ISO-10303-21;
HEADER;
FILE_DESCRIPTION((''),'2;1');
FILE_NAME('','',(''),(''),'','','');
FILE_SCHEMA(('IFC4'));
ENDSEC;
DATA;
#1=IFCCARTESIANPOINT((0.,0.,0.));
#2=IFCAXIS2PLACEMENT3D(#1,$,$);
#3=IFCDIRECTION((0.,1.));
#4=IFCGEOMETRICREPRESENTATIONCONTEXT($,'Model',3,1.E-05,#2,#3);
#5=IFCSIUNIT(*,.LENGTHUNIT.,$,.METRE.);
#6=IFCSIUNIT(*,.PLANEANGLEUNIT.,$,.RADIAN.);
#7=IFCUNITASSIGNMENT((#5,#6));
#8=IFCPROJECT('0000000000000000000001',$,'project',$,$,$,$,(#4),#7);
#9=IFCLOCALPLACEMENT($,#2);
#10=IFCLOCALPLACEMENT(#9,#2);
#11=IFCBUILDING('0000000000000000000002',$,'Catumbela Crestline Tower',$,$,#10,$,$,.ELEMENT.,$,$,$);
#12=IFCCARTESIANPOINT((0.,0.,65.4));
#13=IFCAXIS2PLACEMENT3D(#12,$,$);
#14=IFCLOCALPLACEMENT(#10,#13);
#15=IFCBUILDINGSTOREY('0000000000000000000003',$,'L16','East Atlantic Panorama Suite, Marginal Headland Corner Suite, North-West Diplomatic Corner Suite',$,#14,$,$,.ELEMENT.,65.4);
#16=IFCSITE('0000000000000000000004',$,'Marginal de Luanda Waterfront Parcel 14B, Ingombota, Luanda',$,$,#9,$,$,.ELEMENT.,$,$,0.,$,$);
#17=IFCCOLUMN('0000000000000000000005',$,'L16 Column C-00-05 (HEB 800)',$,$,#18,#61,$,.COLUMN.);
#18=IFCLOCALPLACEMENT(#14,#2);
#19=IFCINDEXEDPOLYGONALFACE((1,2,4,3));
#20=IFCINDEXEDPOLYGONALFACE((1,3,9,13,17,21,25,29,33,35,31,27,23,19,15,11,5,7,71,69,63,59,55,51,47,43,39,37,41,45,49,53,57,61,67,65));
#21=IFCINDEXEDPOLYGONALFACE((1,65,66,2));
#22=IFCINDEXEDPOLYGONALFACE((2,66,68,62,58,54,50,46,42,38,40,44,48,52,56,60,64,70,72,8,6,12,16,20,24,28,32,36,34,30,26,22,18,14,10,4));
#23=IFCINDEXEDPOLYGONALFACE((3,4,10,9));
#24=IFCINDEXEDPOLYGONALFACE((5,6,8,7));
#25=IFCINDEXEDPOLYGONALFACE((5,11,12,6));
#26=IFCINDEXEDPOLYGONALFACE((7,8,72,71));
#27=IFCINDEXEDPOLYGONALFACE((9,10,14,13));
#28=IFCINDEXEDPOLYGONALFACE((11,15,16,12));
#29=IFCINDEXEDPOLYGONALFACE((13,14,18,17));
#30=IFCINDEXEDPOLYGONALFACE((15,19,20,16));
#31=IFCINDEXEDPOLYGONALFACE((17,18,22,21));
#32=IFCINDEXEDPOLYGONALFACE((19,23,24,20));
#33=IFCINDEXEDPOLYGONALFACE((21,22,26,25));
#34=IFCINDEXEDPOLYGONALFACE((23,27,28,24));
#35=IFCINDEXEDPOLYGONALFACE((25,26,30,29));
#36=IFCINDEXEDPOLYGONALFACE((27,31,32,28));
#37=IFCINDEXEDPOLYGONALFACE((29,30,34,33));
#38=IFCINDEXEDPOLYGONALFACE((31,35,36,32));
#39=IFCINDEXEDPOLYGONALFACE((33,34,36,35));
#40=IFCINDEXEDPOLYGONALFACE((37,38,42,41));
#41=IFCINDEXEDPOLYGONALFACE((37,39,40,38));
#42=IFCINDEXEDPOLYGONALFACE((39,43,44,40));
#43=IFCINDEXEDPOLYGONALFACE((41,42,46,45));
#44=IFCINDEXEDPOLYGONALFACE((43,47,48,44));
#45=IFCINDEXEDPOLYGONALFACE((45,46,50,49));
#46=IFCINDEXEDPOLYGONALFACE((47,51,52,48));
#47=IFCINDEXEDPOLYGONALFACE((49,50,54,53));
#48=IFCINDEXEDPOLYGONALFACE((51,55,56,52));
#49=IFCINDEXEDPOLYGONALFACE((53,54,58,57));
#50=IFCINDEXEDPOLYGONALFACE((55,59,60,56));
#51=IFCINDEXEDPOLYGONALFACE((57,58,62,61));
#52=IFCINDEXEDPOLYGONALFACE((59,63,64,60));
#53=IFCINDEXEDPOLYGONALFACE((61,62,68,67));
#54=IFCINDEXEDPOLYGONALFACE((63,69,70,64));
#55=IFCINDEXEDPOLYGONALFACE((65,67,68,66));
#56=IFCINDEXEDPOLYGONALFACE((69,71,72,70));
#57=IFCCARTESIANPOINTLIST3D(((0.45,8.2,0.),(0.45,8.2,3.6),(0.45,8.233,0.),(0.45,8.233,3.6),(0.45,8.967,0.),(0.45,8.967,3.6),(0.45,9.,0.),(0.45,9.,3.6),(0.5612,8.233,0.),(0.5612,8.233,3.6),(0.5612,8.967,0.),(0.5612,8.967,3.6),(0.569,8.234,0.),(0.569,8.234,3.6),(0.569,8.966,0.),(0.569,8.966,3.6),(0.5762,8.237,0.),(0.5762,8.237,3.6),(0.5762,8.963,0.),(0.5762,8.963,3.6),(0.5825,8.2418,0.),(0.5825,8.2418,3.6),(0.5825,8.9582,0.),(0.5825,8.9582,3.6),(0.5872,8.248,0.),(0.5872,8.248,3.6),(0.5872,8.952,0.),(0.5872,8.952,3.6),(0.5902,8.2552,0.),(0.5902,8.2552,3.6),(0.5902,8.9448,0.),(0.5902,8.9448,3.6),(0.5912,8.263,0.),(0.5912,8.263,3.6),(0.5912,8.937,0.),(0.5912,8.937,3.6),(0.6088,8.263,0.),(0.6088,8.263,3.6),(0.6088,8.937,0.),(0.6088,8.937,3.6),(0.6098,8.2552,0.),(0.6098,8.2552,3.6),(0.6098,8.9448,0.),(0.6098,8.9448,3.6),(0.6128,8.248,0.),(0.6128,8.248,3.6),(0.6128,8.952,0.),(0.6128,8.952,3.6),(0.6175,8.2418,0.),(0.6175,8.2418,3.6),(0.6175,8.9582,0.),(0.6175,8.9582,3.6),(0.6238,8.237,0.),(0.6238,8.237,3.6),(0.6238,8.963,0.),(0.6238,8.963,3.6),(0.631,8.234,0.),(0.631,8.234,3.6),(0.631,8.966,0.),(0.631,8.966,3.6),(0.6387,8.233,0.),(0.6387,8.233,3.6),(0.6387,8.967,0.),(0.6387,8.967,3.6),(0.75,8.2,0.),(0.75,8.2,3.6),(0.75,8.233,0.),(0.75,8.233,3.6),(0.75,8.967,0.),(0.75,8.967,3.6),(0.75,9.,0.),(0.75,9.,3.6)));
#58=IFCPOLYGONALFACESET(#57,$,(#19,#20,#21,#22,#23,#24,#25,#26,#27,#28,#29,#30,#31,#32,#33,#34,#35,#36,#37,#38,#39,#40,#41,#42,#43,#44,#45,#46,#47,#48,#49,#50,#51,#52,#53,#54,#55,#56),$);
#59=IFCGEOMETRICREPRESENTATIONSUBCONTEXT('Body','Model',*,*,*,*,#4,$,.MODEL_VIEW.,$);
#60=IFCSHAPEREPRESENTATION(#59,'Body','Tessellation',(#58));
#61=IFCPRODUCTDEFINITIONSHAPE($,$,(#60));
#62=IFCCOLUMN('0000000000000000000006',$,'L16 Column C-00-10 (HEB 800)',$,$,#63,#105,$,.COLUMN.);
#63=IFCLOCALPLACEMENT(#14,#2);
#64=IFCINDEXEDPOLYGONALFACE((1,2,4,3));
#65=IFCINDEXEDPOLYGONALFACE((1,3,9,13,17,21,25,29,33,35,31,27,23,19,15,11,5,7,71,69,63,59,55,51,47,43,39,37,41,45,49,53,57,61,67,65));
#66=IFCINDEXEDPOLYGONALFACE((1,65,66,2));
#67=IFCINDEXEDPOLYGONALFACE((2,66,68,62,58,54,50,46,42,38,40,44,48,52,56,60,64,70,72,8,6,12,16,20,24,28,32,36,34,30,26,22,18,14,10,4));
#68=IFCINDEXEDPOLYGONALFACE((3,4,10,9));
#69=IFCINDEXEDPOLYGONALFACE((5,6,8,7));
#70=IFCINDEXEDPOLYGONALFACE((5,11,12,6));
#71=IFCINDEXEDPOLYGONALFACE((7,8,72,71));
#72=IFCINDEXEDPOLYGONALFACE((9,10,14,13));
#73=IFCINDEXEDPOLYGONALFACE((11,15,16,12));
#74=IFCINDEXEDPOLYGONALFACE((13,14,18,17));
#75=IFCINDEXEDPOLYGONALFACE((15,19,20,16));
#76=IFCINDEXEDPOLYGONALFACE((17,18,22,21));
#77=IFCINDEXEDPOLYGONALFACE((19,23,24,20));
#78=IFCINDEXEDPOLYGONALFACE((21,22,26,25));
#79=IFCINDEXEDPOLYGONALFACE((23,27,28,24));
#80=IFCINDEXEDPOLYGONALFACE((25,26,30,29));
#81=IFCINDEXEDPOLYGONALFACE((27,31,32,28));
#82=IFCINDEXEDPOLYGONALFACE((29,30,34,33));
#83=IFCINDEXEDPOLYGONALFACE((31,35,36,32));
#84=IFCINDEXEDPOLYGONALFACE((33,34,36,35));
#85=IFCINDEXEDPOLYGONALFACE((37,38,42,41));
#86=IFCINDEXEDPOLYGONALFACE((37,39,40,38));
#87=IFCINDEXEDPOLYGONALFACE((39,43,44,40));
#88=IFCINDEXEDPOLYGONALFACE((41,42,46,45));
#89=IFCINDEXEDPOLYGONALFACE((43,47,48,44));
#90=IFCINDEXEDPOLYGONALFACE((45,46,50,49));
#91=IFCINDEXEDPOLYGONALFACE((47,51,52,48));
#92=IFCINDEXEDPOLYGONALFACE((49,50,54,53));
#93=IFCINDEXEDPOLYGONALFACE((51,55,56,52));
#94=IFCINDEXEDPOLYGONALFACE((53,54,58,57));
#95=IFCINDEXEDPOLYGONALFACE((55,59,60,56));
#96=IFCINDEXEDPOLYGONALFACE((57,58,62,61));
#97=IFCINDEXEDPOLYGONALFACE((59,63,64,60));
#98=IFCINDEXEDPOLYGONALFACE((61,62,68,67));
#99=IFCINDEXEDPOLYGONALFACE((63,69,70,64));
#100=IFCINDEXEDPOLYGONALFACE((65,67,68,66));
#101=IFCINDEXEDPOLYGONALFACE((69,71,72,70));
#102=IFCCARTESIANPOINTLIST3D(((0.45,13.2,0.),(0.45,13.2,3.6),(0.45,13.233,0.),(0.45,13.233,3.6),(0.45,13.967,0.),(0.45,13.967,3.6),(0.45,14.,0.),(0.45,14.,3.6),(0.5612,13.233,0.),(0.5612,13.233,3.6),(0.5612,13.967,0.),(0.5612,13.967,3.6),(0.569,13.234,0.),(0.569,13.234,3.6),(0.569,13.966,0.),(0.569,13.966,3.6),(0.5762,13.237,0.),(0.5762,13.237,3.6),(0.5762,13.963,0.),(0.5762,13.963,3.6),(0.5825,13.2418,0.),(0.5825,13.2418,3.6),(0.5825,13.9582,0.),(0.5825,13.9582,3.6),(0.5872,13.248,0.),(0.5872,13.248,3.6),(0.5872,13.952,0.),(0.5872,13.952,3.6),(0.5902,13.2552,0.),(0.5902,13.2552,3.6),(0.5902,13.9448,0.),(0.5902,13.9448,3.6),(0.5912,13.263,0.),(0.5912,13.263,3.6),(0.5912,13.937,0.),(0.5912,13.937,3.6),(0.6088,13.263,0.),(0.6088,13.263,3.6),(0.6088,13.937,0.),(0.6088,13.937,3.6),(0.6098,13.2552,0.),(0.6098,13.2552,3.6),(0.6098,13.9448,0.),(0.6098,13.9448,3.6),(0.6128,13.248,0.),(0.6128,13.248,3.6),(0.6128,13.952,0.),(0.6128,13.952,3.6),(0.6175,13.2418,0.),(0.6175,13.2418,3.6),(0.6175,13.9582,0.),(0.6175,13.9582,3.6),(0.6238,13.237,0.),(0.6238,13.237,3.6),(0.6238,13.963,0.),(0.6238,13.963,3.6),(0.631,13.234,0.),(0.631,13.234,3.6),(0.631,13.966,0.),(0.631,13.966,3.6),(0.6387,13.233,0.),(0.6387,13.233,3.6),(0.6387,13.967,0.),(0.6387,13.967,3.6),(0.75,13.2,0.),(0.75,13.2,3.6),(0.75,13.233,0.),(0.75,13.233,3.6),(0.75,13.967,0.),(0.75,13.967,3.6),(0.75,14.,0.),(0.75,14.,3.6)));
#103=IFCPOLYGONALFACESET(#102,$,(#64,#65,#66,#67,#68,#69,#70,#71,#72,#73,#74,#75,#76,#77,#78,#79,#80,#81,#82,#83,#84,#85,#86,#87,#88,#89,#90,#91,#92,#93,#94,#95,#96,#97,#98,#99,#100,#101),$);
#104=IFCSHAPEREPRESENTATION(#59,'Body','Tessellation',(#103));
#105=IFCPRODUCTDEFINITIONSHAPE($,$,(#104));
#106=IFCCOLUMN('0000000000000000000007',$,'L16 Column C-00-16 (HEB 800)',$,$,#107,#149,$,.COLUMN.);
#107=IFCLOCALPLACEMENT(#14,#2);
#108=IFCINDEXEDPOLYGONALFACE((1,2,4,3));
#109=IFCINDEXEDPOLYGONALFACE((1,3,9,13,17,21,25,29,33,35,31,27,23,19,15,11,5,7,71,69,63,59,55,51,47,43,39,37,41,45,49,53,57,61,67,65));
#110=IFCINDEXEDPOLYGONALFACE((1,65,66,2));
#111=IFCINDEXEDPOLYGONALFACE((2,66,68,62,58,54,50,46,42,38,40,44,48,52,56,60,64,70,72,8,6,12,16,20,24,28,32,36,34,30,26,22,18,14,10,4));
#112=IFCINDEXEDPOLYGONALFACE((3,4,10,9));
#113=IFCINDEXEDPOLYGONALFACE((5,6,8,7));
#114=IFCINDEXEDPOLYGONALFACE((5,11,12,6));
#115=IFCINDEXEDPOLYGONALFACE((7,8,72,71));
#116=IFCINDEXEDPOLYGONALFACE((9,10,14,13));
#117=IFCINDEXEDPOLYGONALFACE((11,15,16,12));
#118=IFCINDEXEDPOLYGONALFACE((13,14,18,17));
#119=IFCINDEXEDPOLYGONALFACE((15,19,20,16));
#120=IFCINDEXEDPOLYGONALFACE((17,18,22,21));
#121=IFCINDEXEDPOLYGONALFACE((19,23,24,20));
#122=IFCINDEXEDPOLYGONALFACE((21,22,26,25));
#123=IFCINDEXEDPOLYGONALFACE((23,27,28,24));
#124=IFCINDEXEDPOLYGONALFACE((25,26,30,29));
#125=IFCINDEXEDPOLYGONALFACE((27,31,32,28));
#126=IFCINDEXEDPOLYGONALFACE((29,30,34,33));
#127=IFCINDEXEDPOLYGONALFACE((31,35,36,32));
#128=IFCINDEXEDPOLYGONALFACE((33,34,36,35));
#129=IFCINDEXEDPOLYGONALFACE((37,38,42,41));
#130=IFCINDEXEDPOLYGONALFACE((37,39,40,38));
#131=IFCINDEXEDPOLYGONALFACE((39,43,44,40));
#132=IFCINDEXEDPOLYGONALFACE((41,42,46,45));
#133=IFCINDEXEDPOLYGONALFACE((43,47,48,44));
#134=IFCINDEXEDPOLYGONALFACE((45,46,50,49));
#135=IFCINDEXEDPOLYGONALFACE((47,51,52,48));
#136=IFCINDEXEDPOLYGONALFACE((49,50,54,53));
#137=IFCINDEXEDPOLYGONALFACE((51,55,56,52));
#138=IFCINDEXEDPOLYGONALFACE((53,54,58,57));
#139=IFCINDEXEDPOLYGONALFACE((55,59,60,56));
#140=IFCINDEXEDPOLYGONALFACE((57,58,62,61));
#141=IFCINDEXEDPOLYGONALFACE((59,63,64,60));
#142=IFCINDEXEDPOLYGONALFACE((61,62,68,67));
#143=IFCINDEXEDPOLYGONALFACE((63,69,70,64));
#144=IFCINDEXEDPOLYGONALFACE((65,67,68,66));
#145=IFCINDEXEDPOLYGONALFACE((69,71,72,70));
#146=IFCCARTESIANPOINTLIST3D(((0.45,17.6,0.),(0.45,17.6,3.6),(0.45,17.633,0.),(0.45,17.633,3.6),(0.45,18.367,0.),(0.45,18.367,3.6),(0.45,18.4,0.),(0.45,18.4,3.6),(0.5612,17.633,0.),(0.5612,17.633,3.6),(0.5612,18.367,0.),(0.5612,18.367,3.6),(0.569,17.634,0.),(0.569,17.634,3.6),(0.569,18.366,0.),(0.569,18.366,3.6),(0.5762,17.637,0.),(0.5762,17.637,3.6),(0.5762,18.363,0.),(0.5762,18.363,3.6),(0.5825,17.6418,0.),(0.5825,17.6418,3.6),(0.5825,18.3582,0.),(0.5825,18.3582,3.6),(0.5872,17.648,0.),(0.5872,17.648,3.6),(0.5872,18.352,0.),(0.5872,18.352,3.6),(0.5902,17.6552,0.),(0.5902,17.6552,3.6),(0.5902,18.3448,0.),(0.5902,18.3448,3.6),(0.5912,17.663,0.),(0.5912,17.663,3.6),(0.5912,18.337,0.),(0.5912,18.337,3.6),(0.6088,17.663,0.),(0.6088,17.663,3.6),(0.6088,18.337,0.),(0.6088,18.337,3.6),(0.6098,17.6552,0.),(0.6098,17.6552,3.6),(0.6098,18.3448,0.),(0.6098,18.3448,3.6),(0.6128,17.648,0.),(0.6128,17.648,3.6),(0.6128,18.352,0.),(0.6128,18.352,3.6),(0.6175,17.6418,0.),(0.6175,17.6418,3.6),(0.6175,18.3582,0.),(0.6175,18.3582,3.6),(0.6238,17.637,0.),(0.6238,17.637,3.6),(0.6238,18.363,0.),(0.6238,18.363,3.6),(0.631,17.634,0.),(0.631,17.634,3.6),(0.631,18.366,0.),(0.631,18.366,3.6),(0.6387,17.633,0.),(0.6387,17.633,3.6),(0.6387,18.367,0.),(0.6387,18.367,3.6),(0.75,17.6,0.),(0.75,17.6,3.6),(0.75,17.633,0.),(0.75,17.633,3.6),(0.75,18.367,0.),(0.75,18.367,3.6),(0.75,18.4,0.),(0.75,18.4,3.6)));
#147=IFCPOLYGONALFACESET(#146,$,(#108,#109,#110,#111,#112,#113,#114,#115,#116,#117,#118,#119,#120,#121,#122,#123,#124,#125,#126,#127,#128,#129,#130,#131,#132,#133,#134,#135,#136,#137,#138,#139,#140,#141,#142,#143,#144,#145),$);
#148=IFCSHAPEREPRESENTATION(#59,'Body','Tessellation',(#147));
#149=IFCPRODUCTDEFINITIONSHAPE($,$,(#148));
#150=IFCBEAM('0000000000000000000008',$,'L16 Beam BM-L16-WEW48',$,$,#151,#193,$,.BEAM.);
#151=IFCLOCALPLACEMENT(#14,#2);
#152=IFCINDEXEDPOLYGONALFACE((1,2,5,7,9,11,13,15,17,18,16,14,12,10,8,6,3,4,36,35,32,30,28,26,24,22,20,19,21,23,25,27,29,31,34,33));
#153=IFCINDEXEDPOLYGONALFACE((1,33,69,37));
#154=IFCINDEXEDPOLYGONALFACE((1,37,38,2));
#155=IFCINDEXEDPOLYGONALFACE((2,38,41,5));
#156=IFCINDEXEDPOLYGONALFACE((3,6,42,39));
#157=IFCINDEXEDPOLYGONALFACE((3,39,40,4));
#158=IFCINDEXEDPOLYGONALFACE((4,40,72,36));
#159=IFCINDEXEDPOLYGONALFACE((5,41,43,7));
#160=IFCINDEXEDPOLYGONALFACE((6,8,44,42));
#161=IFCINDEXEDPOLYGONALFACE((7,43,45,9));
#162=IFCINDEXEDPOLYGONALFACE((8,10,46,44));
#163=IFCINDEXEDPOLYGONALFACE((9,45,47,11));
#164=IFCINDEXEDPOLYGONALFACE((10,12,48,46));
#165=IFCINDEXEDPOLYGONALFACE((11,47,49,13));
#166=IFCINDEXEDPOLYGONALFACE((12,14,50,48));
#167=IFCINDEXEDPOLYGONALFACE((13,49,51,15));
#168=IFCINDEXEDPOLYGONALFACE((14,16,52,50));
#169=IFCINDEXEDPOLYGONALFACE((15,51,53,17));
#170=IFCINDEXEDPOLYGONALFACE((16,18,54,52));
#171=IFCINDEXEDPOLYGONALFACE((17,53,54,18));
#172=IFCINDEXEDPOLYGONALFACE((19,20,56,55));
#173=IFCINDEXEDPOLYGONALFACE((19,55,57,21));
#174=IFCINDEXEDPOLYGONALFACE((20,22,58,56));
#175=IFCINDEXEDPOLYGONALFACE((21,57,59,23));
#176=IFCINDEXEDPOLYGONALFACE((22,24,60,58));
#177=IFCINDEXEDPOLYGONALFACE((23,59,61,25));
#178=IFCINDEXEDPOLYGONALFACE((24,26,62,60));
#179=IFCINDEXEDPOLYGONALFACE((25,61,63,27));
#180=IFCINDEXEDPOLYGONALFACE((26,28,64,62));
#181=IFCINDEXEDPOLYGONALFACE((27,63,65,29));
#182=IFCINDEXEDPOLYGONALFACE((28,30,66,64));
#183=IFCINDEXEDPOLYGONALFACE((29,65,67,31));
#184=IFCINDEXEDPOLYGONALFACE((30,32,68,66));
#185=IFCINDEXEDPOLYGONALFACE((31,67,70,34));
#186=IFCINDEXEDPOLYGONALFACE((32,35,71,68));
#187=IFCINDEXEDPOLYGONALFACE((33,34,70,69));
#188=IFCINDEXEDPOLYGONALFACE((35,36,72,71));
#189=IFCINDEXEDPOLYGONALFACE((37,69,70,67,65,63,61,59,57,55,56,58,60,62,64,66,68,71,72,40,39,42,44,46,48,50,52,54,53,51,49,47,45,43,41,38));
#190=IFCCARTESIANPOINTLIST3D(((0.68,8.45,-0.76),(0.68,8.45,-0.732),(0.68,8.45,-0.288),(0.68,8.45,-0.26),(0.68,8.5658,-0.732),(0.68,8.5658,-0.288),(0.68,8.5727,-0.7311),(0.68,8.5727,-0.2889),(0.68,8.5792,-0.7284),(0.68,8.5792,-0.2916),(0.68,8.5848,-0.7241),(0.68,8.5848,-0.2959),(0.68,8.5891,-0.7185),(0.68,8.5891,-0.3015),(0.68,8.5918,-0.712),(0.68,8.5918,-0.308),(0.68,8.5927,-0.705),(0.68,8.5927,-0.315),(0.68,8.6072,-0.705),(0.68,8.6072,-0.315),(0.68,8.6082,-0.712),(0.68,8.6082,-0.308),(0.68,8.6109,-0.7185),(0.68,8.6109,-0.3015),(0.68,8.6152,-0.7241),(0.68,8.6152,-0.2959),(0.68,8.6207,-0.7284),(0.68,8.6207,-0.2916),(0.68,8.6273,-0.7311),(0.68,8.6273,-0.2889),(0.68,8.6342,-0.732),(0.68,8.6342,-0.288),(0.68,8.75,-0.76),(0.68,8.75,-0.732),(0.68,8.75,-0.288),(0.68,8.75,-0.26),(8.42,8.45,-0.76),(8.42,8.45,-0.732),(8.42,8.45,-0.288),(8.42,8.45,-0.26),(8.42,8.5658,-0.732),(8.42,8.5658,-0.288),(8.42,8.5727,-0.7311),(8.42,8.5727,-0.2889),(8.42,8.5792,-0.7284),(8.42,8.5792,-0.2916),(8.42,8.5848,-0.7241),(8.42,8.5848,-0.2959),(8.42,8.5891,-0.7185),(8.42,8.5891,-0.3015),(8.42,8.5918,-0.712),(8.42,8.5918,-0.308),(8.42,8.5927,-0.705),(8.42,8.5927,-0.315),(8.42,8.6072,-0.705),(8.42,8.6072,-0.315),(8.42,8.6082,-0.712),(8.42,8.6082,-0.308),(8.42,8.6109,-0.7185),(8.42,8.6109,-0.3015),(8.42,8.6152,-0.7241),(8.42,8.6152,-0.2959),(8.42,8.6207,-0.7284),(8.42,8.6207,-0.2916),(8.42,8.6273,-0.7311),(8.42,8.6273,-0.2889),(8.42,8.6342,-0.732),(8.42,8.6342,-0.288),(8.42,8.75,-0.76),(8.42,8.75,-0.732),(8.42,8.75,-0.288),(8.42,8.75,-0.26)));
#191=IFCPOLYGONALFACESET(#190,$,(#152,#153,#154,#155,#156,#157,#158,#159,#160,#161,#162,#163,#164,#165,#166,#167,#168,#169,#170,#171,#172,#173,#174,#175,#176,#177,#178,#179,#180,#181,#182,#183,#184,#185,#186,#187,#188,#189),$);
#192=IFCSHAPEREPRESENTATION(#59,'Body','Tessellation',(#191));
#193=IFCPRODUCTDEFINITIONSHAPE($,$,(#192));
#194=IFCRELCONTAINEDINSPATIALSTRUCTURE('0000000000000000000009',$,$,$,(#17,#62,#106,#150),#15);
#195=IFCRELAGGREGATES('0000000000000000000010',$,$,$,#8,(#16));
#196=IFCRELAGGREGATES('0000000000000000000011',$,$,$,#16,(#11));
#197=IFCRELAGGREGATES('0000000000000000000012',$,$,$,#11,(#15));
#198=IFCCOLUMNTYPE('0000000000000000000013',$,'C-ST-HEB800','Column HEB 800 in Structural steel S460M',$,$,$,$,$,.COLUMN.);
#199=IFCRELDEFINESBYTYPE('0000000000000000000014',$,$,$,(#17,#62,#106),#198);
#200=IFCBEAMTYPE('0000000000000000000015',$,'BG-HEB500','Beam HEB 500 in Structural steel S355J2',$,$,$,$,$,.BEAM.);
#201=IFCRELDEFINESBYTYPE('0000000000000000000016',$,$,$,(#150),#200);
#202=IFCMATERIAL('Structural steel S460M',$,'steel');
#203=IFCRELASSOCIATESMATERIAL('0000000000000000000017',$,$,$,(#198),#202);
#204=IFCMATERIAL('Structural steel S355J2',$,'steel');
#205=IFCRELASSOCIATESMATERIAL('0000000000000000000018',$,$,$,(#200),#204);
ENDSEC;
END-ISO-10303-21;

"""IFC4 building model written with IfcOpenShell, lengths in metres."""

from ifc_helpers import new_model, si_unit, direction, frame, origin, origin_2d, place, context, subcontext, project, spatial, i_section, extrude, material, material_profile, profile_set, type_object, element, save


model = new_model("IFC4")

# Units and contexts
model_context = context("Model", 3, precision=1e-05, world=origin(), true_north=direction((0.0, 1.0)))
body_context = subcontext(model_context, "Body", "Model", "MODEL_VIEW")
ifc_project = project(units=[si_unit("LENGTHUNIT", "METRE"), si_unit("PLANEANGLEUNIT", "RADIAN")], contexts=[model_context])

# Site, building, storey
site_placement = place(None, origin())
site = spatial("IfcSite", under=ifc_project, at=site_placement, Name="Marginal de Luanda Waterfront Parcel 14B, Ingombota, Luanda", CompositionType="ELEMENT", RefElevation=0.0)
building_placement = place(site_placement, origin())
building = spatial("IfcBuilding", under=site, at=building_placement, Name="Catumbela Crestline Tower", CompositionType="ELEMENT")
storey_placement = place(building_placement, frame((0.0, 0.0, 65.4)))
storey = spatial("IfcBuildingStorey", under=building, at=storey_placement, Name="L16", Description="East Atlantic Panorama Suite, Marginal Headland Corner Suite, North-West Diplomatic Corner Suite", CompositionType="ELEMENT", Elevation=65.4)

# Columns
ifc_material_1 = material(Name="Structural steel S460M", Category="steel")
ifc_material_profile_1 = material_profile(ifc_material_1, i_section(OverallWidth=0.3, OverallDepth=0.8, WebThickness=0.0175, FlangeThickness=0.033, FilletRadius=0.03, at=origin_2d()), Name="HEB 800")
ifc_profile_set_1 = profile_set([ifc_material_profile_1], Name="Structural steel S460M")
column_type = type_object("IfcColumnType", Name="C-ST-HEB800", Description="Column HEB 800 in Structural steel S460M", PredefinedType="COLUMN", material=ifc_profile_set_1)
for number, where, z_axis, x_axis, name in (
    (1, (0.6, 8.6, 0.0), (0.0, 0.0, 1.0), (1.0, 0.0, 0.0), "L16 Column C-00-05 (HEB 800)"),
    (2, (0.6, 13.6, 0.0), (0.0, 0.0, 1.0), (1.0, 0.0, 0.0), "L16 Column C-00-10 (HEB 800)"),
    (3, (0.6, 18.0, 0.0), (0.0, 0.0, 1.0), (1.0, 0.0, 0.0), "L16 Column C-00-16 (HEB 800)"),
):
    element("IfcColumn", number, at=place(storey_placement, frame(where, z_axis=z_axis, x_axis=x_axis)), inside=storey, type_object=column_type, Name=name, PredefinedType="COLUMN", context=body_context, shape_type="SweptSolid", body=[
        extrude(i_section(OverallWidth=0.3, OverallDepth=0.8, WebThickness=0.0175, FlangeThickness=0.033, FilletRadius=0.03, at=origin_2d()), origin(), (0.0, 0.0, 1.0), 3.6),
    ])

# Beam
ifc_material_2 = material(Name="Structural steel S355J2", Category="steel")
ifc_material_profile_2 = material_profile(ifc_material_2, i_section(OverallWidth=0.3, OverallDepth=0.5, WebThickness=0.0145, FlangeThickness=0.028, FilletRadius=0.027, at=origin_2d()), Name="HEB 500")
ifc_profile_set_2 = profile_set([ifc_material_profile_2], Name="Structural steel S355J2")
beam_type_1 = type_object("IfcBeamType", Name="BG-HEB500", Description="Beam HEB 500 in Structural steel S355J2", PredefinedType="BEAM", material=ifc_profile_set_2)
for number, where, z_axis, x_axis, name in (
    (4, (0.68, 8.6, -0.51), (1.0, 0.0, 0.0), (0.0, 1.0, 0.0), "L16 Beam BM-L16-WEW48"),
):
    element("IfcBeam", number, at=place(storey_placement, frame(where, z_axis=z_axis, x_axis=x_axis)), inside=storey, type_object=beam_type_1, Name=name, PredefinedType="BEAM", context=body_context, shape_type="SweptSolid", body=[
        extrude(i_section(OverallWidth=0.3, OverallDepth=0.5, WebThickness=0.0145, FlangeThickness=0.028, FilletRadius=0.027, at=origin_2d()), origin(), (0.0, 0.0, 1.0), 7.74),
    ])

save(model, "model.ifc")
